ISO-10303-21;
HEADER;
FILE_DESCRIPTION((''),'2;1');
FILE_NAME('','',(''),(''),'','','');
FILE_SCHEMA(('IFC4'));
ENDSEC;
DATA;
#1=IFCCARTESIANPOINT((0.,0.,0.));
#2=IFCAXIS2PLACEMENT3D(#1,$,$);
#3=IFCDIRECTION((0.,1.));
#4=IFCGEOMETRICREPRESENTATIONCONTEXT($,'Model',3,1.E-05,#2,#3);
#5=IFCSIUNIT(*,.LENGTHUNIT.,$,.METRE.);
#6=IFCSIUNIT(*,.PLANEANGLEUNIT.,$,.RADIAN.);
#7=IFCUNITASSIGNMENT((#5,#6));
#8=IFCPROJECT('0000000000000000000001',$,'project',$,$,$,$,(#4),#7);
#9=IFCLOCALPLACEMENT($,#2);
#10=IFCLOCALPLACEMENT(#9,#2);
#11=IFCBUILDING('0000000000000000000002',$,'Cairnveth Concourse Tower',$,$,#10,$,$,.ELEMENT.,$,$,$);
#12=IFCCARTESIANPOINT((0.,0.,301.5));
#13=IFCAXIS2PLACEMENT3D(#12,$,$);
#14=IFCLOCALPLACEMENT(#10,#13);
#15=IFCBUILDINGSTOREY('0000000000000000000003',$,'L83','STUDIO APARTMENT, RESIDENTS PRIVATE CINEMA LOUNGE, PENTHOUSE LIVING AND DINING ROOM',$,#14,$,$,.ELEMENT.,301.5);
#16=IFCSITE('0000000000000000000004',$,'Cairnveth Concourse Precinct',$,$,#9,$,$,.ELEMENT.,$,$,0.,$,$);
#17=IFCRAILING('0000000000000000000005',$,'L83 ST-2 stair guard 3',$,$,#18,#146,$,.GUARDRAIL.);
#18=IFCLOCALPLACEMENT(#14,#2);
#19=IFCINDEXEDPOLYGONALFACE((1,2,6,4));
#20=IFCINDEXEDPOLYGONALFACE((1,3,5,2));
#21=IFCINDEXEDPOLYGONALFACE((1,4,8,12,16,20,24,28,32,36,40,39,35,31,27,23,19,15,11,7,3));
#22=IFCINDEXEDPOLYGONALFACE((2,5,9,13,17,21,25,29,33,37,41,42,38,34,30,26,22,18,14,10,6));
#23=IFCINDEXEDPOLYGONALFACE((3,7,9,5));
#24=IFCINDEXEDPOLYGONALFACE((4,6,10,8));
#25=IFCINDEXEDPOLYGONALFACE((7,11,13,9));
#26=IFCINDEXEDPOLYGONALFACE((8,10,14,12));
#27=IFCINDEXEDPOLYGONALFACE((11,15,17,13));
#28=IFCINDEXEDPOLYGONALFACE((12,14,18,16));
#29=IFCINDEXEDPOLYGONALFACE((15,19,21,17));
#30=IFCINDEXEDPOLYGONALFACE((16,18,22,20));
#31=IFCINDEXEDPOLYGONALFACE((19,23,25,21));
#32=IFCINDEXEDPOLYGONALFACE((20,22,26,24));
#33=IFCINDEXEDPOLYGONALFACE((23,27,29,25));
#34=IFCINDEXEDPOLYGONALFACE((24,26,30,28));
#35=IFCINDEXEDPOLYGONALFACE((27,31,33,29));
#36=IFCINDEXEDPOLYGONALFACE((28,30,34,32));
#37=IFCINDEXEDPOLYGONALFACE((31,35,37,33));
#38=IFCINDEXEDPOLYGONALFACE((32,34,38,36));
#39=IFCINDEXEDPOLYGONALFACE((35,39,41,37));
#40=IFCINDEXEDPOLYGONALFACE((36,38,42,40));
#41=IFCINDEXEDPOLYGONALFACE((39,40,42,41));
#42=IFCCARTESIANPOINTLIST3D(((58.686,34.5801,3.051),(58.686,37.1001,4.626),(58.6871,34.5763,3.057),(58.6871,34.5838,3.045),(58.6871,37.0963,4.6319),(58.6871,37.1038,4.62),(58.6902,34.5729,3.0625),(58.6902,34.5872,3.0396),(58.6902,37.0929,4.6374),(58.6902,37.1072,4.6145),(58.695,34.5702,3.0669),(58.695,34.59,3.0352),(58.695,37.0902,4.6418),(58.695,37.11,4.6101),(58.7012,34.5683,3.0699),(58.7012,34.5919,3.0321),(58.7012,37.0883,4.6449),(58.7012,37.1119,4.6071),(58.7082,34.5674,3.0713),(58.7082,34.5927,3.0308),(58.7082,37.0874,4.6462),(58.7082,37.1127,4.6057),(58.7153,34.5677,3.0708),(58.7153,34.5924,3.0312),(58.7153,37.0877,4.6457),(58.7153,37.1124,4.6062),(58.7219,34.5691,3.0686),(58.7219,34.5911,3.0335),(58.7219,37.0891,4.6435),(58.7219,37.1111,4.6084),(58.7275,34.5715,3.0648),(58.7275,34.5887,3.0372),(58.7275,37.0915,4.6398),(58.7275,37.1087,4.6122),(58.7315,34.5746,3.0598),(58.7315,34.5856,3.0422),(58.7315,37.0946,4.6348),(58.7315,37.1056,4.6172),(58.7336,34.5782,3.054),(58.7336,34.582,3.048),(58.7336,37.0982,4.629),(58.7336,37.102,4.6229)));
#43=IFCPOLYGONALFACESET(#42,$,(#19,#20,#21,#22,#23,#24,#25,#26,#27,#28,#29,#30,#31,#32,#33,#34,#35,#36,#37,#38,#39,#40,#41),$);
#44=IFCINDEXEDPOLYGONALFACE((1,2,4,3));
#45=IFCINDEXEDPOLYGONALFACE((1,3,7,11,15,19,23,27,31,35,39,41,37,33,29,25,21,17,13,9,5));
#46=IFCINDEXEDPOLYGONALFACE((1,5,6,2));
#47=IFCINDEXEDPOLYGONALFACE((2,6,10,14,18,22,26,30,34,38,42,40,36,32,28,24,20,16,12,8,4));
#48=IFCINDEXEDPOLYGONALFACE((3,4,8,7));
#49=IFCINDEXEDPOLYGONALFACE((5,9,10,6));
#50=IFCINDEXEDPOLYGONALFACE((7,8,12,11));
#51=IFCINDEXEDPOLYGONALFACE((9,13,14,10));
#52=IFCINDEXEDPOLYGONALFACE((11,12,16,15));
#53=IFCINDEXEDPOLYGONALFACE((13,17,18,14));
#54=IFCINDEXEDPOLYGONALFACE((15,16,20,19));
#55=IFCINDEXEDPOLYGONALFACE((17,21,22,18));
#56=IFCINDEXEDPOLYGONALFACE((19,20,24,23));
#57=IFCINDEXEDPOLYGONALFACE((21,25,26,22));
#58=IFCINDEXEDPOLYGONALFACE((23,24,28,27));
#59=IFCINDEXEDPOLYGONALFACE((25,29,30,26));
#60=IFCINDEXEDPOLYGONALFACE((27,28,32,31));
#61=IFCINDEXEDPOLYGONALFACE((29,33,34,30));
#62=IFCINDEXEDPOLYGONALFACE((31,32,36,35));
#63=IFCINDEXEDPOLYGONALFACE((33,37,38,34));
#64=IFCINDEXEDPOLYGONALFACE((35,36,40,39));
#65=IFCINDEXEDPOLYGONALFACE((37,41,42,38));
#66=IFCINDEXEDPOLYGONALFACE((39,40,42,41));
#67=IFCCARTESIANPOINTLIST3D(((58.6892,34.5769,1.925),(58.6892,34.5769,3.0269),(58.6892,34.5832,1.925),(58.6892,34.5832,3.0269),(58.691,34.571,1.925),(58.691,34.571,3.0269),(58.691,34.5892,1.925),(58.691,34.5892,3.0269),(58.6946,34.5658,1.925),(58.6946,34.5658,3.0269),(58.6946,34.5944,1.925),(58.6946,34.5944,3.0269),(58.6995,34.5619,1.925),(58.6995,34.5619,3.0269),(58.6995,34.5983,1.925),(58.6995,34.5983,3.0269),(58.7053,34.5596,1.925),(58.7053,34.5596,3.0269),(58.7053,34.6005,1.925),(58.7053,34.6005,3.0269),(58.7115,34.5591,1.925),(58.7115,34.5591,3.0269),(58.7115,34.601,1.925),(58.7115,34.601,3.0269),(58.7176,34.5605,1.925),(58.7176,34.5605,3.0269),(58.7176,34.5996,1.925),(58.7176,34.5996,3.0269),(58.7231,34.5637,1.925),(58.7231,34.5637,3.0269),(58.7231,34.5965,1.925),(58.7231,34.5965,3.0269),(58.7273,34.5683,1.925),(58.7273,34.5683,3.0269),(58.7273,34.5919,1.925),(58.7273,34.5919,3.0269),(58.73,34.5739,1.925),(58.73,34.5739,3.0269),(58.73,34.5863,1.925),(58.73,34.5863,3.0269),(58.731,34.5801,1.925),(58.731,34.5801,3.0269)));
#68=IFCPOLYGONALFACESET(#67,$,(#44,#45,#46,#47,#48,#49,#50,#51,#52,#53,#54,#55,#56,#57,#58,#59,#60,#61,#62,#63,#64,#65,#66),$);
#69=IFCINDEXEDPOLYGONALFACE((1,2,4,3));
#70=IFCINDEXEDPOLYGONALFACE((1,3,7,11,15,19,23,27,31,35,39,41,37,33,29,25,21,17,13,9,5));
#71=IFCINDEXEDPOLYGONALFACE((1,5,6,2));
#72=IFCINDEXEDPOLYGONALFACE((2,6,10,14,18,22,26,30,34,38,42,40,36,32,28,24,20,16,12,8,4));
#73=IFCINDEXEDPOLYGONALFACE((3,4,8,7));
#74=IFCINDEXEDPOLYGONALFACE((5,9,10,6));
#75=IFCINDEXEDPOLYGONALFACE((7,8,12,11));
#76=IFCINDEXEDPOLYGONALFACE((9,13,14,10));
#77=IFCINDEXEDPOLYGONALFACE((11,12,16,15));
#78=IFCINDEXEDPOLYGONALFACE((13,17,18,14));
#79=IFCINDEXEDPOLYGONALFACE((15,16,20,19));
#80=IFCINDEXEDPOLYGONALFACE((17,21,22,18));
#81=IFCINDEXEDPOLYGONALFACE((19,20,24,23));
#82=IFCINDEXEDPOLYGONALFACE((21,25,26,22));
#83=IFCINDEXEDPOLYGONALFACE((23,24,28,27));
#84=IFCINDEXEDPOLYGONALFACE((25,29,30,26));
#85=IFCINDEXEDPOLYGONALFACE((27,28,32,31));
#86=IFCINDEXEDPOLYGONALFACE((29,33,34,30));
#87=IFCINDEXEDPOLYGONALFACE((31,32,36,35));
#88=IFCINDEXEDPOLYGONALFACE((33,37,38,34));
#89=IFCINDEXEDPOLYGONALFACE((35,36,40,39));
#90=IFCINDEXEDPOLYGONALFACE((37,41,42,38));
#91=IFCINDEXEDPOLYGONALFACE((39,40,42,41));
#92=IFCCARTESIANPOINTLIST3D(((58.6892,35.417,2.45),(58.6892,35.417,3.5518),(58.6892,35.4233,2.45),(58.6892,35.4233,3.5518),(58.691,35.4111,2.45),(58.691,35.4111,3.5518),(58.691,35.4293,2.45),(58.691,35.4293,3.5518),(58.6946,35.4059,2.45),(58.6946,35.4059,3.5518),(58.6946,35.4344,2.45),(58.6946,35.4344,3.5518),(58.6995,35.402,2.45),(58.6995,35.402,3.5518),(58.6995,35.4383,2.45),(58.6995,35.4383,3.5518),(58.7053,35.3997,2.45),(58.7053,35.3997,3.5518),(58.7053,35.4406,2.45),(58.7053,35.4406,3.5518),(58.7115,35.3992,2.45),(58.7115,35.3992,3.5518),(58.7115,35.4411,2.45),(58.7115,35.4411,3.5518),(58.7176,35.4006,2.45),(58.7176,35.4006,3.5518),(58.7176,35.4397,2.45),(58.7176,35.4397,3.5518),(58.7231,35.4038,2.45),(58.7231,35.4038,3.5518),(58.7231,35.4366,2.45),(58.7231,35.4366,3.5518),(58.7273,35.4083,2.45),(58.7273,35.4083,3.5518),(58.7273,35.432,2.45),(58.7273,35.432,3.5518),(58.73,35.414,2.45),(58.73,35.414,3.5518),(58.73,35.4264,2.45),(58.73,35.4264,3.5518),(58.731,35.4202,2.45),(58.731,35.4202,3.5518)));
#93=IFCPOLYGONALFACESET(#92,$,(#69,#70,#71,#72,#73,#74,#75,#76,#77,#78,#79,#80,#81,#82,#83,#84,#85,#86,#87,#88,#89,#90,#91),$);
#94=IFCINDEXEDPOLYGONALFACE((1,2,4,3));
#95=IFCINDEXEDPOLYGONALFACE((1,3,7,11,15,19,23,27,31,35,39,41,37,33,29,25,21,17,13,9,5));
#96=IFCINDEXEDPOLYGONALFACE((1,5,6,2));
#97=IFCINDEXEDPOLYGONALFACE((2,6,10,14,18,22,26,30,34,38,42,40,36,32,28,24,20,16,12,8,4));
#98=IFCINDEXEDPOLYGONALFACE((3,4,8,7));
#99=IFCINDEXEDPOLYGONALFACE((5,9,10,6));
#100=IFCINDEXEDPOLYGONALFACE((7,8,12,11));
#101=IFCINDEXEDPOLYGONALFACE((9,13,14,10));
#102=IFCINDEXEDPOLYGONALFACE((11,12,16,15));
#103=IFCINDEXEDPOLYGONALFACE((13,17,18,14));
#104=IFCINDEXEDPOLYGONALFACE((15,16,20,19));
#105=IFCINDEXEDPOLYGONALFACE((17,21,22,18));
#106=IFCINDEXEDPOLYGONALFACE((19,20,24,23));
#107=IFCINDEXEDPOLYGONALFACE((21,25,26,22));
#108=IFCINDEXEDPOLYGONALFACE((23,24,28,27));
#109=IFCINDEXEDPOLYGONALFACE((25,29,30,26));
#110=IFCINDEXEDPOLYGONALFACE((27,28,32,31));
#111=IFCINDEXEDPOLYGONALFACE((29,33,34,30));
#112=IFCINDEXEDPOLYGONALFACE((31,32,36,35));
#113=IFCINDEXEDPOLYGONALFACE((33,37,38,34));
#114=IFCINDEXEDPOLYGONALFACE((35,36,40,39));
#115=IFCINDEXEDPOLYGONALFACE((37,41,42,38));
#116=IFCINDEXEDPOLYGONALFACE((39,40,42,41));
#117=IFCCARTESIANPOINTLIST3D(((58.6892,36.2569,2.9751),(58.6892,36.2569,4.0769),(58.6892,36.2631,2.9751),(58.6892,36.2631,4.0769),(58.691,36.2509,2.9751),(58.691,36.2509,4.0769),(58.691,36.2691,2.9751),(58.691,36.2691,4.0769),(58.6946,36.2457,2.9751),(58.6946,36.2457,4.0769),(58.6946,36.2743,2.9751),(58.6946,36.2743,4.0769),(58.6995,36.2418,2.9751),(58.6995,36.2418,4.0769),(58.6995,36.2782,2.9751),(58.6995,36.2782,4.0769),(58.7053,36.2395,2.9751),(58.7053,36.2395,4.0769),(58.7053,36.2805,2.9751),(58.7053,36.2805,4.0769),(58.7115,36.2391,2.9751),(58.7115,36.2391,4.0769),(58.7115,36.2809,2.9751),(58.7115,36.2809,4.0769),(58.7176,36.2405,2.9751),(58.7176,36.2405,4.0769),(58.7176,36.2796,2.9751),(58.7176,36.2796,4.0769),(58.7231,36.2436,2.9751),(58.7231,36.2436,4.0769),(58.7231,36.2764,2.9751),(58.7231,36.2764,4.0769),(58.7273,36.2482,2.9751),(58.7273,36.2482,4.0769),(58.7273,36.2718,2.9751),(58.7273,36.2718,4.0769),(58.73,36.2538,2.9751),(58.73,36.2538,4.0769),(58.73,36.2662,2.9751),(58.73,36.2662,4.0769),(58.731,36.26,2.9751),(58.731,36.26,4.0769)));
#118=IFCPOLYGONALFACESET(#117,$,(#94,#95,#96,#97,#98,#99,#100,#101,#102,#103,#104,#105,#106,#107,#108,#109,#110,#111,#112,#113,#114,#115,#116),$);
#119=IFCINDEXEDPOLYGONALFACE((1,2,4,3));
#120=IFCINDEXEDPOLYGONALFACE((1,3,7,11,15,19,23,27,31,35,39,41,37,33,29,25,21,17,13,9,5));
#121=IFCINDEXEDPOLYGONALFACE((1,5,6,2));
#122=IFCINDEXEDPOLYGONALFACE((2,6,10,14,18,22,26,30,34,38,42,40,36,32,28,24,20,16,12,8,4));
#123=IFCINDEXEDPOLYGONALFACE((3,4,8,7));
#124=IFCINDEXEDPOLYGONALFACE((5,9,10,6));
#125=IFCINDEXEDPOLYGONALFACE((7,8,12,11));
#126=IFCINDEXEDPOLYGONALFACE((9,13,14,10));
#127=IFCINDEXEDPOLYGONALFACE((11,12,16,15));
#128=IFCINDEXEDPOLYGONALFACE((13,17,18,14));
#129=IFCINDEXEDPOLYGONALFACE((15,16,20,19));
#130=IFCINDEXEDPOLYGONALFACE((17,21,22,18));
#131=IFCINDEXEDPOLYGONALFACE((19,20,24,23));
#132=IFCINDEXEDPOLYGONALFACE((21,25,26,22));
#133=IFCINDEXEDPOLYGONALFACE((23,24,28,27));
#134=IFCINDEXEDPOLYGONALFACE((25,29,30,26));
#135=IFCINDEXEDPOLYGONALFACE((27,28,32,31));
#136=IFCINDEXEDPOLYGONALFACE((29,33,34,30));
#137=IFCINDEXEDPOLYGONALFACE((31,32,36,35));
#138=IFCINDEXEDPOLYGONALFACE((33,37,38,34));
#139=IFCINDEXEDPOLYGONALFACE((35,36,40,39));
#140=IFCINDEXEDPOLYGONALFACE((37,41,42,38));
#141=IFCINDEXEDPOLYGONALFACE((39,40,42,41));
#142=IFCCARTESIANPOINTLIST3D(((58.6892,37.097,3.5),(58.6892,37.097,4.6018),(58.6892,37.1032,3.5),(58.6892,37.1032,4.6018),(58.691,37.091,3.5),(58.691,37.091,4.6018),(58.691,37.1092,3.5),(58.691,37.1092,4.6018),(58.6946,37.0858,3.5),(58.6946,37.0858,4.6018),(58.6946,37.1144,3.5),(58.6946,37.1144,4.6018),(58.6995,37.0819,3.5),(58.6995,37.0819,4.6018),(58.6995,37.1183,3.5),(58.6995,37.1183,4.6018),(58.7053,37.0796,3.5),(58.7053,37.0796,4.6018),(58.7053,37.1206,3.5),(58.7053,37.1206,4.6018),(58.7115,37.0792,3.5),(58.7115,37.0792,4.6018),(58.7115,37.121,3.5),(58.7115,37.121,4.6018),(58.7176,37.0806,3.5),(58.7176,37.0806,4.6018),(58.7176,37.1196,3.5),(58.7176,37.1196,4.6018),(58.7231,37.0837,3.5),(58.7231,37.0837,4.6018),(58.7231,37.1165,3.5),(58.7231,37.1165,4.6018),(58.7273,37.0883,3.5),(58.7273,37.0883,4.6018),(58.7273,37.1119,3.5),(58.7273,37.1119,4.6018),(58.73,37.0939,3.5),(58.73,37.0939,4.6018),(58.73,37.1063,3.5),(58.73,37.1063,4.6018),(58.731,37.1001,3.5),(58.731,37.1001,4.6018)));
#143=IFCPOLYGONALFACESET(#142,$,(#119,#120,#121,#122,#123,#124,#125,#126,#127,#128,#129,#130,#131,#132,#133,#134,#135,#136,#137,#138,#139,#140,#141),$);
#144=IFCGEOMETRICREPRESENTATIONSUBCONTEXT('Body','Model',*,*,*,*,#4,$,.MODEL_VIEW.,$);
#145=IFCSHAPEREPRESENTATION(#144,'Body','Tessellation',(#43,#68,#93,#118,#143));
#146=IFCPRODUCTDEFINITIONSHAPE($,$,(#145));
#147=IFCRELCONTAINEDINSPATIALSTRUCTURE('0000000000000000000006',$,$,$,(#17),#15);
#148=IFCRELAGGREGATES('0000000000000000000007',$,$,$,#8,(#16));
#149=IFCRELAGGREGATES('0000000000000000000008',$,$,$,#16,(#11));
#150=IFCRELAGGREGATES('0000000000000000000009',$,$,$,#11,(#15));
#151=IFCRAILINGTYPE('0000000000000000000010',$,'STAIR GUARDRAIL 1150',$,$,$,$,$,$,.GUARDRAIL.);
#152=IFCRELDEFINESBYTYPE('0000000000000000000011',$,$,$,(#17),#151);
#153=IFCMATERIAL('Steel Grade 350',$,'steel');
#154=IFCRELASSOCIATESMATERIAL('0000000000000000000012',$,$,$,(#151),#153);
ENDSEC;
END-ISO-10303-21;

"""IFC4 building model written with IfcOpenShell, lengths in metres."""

from ifc_helpers import new_model, si_unit, direction, frame, origin, origin_2d, place, context, subcontext, project, spatial, circle, extrude, material, type_object, element, save


model = new_model("IFC4")

# Units and contexts
model_context = context("Model", 3, precision=1e-05, world=origin(), true_north=direction((0.0, 1.0)))
body_context = subcontext(model_context, "Body", "Model", "MODEL_VIEW")
ifc_project = project(units=[si_unit("LENGTHUNIT", "METRE"), si_unit("PLANEANGLEUNIT", "RADIAN")], contexts=[model_context])

# Site, building, storey
site_placement = place(None, origin())
site = spatial("IfcSite", under=ifc_project, at=site_placement, Name="Cairnveth Concourse Precinct", CompositionType="ELEMENT", RefElevation=0.0)
building_placement = place(site_placement, origin())
building = spatial("IfcBuilding", under=site, at=building_placement, Name="Cairnveth Concourse Tower", CompositionType="ELEMENT")
storey_placement = place(building_placement, frame((0.0, 0.0, 301.5)))
storey = spatial("IfcBuildingStorey", under=building, at=storey_placement, Name="L83", Description="STUDIO APARTMENT, RESIDENTS PRIVATE CINEMA LOUNGE, PENTHOUSE LIVING AND DINING ROOM", CompositionType="ELEMENT", Elevation=301.5)

# Shared definitions
ifc_material_1 = material(Name="Steel Grade 350", Category="steel")

# Railing
railing_type_1 = type_object("IfcRailingType", Name="STAIR GUARDRAIL 1150", PredefinedType="GUARDRAIL", material=ifc_material_1)
railing_1_placement = place(storey_placement, frame((58.71, 34.5801, 1.925)))
element("IfcRailing", 1, at=railing_1_placement, inside=storey, type_object=railing_type_1, Name="L83 ST-2 stair guard 3", PredefinedType="GUARDRAIL", context=body_context, shape_type="SweptSolid", body=[
    extrude(circle(Radius=0.0239, at=origin_2d()), frame((0.0, 0.0, 1.126), z_axis=(0.0, 0.848008, 0.529984), x_axis=(-1.0, 0.0, 0.0)), (0.0, 0.0, 1.0), 2.9717),
    extrude(circle(Radius=0.021, at=origin_2d()), origin(), (0.0, 0.0, 1.0), 1.1018),
    extrude(circle(Radius=0.021, at=origin_2d()), frame((0.0, 0.8401, 0.5249)), (0.0, 0.0, 1.0), 1.1018),
    extrude(circle(Radius=0.021, at=origin_2d()), frame((0.0, 1.6799, 1.05)), (0.0, 0.0, 1.0), 1.1018),
    extrude(circle(Radius=0.021, at=origin_2d()), frame((0.0, 2.52, 1.575)), (0.0, 0.0, 1.0), 1.1018),
])

save(model, "model.ifc")
